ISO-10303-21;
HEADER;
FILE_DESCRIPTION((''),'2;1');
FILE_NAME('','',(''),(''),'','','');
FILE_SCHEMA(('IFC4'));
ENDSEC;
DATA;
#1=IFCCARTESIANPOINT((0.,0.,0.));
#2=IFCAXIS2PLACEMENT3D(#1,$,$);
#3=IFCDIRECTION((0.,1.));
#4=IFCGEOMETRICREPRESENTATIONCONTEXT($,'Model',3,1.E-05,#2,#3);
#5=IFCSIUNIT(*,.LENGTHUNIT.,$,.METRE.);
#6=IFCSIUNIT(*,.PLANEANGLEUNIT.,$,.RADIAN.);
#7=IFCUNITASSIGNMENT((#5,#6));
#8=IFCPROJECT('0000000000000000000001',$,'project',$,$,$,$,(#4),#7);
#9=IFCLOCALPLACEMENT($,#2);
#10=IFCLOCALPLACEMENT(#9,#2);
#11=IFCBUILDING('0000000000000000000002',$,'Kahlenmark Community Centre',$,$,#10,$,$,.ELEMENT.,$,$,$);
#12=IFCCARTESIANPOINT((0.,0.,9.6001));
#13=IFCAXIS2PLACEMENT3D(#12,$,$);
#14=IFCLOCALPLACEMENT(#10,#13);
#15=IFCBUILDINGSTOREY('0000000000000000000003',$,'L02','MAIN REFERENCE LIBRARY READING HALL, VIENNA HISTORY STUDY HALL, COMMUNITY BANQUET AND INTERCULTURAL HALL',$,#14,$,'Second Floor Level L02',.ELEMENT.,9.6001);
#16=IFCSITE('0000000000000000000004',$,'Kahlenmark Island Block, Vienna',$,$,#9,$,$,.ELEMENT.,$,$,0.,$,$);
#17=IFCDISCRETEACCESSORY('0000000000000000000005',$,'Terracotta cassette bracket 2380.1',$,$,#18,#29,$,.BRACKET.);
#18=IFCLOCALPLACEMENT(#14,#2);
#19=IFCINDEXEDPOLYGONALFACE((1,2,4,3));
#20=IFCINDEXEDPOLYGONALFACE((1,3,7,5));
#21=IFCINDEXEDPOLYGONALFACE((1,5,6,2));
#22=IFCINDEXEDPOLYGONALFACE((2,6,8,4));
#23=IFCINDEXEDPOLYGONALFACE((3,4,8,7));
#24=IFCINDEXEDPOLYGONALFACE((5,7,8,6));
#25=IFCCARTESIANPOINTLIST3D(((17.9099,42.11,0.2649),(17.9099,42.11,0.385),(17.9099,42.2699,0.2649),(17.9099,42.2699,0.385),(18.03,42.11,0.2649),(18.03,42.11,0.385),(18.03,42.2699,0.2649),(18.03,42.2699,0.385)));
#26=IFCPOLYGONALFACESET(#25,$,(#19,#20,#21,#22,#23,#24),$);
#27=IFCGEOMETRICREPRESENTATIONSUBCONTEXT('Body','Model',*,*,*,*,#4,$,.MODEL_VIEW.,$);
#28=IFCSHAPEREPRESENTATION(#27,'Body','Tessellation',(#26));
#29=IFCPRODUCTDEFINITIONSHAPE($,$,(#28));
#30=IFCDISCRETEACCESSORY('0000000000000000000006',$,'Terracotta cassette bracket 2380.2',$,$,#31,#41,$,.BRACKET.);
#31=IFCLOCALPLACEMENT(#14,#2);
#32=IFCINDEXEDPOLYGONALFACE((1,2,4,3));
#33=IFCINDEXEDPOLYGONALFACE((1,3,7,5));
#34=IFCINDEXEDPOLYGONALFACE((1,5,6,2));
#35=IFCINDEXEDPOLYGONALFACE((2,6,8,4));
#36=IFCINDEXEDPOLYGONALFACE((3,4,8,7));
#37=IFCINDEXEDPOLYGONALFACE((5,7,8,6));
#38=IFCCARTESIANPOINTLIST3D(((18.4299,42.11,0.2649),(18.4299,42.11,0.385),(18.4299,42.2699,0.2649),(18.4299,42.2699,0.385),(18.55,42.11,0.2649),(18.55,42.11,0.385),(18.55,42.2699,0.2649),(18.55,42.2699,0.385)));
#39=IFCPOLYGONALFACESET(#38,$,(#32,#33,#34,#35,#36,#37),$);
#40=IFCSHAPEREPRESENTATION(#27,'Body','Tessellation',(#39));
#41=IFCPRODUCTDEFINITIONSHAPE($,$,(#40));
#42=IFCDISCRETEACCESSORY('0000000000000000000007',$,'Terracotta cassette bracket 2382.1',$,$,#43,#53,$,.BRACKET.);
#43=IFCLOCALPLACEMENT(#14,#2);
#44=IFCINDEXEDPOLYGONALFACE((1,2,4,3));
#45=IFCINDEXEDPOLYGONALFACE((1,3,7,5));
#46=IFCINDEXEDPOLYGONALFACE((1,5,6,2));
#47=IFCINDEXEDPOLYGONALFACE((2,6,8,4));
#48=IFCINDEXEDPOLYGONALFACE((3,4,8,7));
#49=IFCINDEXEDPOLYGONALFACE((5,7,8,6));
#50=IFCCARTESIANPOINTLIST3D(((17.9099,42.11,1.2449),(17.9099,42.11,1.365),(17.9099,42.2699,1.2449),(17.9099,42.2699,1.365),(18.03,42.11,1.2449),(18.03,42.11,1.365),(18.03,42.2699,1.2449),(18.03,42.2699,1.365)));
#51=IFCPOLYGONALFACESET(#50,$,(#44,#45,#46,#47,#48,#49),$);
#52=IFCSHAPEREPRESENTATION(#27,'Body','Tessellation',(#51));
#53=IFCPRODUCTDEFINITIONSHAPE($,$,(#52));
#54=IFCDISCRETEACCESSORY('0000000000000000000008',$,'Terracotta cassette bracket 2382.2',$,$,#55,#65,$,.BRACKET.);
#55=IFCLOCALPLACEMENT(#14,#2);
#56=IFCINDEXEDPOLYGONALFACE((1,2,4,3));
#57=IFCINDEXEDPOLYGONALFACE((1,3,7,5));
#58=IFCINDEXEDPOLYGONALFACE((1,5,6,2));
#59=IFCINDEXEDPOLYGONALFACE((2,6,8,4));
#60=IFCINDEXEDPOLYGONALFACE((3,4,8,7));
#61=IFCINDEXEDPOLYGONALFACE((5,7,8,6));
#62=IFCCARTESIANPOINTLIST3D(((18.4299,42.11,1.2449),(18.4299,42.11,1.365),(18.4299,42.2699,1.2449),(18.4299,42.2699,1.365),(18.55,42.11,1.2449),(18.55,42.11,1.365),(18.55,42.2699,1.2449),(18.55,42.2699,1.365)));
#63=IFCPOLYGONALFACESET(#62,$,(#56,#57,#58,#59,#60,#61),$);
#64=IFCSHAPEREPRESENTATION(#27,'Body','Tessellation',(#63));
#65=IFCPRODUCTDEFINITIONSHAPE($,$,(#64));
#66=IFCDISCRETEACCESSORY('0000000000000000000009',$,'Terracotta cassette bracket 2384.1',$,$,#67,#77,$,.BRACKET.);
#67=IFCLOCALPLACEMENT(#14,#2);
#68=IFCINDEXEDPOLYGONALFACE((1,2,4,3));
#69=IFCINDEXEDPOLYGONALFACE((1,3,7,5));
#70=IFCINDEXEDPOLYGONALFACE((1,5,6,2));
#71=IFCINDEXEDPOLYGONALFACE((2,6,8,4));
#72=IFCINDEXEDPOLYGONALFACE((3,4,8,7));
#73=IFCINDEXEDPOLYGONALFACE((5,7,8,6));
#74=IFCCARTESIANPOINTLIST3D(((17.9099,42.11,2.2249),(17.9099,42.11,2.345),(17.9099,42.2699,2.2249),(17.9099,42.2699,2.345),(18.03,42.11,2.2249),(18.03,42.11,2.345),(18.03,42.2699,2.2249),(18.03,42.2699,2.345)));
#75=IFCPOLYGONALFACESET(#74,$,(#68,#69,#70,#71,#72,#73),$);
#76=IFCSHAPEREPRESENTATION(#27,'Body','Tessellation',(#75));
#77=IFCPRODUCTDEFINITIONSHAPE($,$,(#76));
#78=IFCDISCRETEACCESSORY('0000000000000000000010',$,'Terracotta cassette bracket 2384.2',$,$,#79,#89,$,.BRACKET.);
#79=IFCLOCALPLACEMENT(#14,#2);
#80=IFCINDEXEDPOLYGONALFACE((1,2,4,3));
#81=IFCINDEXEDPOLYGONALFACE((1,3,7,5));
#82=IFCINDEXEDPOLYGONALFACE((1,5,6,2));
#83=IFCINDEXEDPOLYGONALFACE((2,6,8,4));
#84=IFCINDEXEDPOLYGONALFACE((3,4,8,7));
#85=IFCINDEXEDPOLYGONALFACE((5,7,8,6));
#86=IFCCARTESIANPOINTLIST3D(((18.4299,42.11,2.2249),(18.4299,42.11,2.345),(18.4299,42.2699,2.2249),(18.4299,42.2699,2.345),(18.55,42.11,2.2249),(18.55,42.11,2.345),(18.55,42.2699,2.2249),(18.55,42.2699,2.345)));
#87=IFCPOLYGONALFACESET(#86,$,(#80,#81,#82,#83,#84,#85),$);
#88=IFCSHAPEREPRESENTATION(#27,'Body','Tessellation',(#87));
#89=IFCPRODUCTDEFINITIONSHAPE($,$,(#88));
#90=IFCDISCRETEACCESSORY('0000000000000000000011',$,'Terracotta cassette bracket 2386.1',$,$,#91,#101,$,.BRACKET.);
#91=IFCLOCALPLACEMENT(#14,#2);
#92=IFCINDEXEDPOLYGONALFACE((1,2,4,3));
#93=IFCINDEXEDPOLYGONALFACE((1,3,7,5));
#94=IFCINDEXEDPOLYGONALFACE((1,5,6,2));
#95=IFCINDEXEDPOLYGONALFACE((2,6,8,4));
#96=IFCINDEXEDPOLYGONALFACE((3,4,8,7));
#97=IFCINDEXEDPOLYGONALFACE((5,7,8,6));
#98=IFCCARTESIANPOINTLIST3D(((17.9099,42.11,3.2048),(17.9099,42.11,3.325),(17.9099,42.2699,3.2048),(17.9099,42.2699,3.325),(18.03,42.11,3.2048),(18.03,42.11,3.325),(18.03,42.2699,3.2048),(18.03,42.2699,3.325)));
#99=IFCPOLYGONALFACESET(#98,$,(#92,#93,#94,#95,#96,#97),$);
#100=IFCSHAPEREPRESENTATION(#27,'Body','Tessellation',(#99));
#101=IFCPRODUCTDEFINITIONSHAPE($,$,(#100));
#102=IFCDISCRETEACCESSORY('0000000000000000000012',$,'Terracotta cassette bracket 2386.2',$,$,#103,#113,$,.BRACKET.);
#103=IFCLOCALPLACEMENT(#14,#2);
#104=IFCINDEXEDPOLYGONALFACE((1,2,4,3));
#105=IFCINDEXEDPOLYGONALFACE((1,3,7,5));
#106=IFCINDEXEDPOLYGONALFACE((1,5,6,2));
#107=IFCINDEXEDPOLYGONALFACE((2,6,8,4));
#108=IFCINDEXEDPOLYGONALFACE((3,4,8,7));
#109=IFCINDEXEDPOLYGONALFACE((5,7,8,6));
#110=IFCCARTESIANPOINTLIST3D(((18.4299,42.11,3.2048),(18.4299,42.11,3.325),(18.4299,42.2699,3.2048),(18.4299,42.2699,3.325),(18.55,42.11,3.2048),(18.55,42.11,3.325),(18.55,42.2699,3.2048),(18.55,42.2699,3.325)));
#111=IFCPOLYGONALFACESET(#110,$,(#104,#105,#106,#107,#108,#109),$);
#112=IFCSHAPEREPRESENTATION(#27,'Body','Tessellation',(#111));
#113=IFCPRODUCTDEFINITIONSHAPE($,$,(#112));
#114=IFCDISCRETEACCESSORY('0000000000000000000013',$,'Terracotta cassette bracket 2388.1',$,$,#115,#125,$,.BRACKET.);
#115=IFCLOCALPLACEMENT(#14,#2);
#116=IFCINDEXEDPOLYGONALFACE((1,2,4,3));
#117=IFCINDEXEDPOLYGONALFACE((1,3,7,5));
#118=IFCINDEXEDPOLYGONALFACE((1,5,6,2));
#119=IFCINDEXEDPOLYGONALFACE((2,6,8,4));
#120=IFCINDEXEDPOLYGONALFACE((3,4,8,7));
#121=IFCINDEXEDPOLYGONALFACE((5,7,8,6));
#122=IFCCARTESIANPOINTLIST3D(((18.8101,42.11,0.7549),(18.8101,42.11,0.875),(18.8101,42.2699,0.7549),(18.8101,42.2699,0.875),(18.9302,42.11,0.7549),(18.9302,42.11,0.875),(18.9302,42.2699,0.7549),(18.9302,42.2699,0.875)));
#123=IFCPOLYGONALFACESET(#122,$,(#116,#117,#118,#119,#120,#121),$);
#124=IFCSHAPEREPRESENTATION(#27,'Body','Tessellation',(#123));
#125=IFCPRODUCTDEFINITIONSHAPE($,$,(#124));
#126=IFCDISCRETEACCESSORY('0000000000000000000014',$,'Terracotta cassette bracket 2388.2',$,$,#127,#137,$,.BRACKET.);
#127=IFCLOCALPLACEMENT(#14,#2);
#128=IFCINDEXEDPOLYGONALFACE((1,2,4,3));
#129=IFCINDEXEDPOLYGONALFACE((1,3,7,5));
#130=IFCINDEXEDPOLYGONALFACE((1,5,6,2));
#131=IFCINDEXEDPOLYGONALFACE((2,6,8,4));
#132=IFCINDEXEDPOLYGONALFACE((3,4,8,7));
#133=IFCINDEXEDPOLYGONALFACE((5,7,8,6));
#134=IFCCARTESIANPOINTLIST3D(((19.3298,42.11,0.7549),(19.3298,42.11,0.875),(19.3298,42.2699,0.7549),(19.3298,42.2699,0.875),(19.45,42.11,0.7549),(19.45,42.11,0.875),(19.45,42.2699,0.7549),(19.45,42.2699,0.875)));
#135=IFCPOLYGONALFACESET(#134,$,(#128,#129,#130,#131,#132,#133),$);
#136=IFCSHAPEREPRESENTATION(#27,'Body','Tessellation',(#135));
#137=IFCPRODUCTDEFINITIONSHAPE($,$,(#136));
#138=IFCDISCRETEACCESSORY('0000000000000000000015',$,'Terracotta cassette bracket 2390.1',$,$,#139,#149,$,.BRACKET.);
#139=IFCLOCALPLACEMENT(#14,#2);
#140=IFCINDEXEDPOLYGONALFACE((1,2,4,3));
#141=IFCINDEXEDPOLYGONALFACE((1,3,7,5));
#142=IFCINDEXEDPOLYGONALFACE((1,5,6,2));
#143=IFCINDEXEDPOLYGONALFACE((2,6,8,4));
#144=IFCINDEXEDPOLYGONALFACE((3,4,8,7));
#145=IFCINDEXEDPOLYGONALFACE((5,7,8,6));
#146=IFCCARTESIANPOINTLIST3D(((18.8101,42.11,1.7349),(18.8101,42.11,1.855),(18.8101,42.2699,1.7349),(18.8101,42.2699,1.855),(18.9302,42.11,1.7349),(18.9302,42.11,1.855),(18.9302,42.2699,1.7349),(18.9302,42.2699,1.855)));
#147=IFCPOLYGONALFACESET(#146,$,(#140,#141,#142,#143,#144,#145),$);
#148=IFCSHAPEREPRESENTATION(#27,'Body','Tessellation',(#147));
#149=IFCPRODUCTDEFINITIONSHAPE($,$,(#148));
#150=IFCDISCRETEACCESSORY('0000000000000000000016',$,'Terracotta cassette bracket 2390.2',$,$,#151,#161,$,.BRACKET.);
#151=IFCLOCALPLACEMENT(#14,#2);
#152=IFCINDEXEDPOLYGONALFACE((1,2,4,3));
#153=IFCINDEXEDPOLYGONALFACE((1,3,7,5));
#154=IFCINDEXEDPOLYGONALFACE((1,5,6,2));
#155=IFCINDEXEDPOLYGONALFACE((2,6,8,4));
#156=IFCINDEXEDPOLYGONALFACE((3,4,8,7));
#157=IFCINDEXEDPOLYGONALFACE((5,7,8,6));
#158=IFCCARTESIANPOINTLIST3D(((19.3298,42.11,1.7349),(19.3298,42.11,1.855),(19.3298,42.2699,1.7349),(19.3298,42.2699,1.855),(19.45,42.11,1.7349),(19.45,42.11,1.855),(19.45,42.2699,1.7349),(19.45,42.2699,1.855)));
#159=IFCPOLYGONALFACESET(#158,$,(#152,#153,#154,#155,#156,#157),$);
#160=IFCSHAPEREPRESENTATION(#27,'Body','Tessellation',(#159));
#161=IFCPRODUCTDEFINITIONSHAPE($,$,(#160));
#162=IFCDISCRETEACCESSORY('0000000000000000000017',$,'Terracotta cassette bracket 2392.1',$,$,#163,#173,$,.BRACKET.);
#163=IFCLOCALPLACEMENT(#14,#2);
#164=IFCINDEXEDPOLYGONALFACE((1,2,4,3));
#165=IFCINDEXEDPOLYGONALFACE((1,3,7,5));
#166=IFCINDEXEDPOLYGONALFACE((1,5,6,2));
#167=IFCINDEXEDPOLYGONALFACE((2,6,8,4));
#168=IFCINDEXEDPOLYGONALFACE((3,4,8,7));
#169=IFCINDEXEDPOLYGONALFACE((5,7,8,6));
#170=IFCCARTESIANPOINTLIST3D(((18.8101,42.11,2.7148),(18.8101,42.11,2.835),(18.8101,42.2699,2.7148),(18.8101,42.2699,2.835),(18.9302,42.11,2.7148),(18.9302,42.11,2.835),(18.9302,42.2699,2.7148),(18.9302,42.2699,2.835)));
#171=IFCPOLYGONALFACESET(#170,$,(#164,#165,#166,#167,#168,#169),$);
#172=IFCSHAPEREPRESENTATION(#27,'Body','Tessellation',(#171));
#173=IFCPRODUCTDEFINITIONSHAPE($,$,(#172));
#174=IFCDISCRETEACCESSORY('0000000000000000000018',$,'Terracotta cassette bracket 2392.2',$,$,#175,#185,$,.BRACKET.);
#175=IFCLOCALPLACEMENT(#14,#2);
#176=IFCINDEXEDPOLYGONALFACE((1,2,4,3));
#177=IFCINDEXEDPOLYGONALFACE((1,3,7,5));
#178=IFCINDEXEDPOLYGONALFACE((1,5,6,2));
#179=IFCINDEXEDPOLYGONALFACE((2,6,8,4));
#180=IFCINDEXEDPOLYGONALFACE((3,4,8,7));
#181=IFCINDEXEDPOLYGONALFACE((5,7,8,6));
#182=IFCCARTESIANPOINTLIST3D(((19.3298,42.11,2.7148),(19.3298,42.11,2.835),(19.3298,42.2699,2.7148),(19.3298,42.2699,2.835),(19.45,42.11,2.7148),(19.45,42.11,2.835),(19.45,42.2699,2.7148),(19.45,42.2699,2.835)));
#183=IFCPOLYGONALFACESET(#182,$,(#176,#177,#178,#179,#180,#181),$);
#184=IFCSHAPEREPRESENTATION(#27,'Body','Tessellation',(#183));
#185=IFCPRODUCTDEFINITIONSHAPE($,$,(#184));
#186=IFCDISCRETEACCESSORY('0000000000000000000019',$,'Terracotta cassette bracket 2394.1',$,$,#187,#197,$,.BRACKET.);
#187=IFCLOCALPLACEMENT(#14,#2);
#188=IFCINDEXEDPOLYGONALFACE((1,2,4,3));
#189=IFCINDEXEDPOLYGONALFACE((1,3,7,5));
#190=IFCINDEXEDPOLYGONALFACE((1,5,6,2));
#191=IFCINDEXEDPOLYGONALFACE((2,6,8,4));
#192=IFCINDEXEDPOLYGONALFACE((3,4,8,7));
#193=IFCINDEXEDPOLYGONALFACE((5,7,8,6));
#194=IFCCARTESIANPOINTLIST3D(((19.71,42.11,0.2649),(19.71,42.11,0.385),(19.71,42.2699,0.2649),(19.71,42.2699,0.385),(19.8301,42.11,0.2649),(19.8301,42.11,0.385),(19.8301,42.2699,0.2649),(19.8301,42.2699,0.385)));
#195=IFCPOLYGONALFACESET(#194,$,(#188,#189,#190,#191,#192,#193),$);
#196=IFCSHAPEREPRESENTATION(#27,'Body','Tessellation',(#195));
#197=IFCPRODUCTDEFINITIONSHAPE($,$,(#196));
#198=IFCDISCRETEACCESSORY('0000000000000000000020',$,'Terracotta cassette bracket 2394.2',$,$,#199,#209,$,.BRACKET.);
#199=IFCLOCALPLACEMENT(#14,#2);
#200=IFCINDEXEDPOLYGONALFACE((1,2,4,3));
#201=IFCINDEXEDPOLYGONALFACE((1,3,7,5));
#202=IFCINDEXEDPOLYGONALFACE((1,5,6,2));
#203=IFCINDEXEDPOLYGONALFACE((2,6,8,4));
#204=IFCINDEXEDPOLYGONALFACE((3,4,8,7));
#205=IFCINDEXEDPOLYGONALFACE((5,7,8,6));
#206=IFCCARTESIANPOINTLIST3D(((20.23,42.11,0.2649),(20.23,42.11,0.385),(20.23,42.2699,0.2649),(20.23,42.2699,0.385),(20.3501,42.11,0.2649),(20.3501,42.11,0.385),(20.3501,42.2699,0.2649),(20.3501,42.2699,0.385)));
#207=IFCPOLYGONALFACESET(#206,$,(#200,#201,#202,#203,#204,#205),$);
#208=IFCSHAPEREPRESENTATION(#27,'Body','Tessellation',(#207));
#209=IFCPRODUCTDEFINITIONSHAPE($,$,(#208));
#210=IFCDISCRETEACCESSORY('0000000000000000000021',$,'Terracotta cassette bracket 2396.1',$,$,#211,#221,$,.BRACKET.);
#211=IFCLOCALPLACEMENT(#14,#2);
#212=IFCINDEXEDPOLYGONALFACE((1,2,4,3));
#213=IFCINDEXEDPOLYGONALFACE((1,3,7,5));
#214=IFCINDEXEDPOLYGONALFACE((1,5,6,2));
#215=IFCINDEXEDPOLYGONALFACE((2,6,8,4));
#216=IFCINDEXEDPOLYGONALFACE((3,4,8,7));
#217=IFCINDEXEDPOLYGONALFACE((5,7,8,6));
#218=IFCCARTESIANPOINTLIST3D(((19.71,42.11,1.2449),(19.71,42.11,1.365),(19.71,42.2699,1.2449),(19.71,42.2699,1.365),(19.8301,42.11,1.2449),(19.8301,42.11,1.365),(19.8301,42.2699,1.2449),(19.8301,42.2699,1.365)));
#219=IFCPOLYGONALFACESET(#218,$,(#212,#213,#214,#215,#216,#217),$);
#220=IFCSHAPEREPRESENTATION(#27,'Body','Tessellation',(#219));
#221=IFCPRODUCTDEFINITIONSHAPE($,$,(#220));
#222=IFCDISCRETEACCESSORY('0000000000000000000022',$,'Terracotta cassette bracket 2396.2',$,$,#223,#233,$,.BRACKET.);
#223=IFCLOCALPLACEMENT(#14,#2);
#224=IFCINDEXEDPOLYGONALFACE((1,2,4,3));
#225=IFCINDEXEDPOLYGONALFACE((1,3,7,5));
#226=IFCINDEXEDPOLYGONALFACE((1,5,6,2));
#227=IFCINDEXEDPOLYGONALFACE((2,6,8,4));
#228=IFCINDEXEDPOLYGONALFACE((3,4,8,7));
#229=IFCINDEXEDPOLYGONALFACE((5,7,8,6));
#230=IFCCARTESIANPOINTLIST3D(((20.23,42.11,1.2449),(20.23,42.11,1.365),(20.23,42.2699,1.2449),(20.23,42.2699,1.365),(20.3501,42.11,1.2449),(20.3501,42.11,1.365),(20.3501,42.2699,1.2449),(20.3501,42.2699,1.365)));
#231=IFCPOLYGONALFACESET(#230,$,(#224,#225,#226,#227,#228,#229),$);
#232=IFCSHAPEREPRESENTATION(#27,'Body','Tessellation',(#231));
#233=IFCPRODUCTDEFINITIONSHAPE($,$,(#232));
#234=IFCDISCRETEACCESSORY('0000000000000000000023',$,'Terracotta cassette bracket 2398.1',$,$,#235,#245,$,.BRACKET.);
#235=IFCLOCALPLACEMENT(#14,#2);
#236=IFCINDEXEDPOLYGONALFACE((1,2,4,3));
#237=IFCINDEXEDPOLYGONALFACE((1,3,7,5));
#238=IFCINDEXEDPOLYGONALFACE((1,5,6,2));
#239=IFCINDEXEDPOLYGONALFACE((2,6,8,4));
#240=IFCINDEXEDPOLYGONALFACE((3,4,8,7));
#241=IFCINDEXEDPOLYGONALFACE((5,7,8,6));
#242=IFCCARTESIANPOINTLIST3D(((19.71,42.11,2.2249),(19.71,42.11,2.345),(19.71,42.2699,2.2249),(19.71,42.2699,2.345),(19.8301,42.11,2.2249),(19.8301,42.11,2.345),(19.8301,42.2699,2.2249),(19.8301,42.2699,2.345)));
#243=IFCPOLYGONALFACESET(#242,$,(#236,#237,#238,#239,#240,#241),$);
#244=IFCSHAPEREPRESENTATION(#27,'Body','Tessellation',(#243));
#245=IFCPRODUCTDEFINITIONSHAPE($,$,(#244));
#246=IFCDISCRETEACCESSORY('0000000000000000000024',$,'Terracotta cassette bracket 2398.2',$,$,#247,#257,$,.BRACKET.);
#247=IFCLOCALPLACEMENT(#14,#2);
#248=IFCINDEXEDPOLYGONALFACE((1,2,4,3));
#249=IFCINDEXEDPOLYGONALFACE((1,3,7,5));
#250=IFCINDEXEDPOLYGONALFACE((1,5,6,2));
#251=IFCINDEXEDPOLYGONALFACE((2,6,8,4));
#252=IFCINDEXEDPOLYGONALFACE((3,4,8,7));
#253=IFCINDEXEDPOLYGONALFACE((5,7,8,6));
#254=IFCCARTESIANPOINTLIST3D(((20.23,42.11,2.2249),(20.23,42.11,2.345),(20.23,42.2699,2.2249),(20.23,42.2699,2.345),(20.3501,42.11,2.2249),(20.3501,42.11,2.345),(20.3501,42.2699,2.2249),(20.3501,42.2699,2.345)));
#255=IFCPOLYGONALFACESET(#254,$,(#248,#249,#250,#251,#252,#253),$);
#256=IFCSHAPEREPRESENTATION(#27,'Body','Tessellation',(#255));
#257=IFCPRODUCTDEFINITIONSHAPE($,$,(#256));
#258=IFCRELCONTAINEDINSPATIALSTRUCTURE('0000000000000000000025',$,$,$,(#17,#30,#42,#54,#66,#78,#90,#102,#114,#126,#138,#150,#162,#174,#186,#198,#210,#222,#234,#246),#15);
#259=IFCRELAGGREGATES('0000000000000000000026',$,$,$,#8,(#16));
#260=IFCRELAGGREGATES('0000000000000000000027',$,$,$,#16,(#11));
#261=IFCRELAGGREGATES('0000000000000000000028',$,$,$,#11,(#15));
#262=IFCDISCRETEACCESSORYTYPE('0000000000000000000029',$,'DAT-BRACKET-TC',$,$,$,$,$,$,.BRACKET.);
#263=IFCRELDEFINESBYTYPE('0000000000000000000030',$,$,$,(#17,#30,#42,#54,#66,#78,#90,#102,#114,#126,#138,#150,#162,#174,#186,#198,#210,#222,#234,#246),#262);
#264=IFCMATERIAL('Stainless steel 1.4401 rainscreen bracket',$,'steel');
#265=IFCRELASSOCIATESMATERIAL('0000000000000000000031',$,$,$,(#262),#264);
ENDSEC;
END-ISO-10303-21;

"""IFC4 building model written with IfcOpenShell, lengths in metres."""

from ifc_helpers import new_model, si_unit, direction, frame, origin, origin_2d, place, context, subcontext, project, spatial, rectangle, extrude, material, type_object, element, save


model = new_model("IFC4")

# Units and contexts
model_context = context("Model", 3, precision=1e-05, world=origin(), true_north=direction((0.0, 1.0)))
body_context = subcontext(model_context, "Body", "Model", "MODEL_VIEW")
ifc_project = project(units=[si_unit("LENGTHUNIT", "METRE"), si_unit("PLANEANGLEUNIT", "RADIAN")], contexts=[model_context])

# Site, building, storey
site_placement = place(None, origin())
site = spatial("IfcSite", under=ifc_project, at=site_placement, Name="Kahlenmark Island Block, Vienna", CompositionType="ELEMENT", RefElevation=0.0)
building_placement = place(site_placement, origin())
building = spatial("IfcBuilding", under=site, at=building_placement, Name="Kahlenmark Community Centre", CompositionType="ELEMENT")
storey_placement = place(building_placement, frame((0.0, 0.0, 9.6001)))
storey = spatial("IfcBuildingStorey", under=building, at=storey_placement, Name="L02", Description="MAIN REFERENCE LIBRARY READING HALL, VIENNA HISTORY STUDY HALL, COMMUNITY BANQUET AND INTERCULTURAL HALL", LongName="Second Floor Level L02", CompositionType="ELEMENT", Elevation=9.6001)

# Discrete accessories
ifc_material_1 = material(Name="Stainless steel 1.4401 rainscreen bracket", Category="steel")
discrete_accessory_type = type_object("IfcDiscreteAccessoryType", Name="DAT-BRACKET-TC", PredefinedType="BRACKET", material=ifc_material_1)
for number, where, z_axis, x_axis, name in (
    (1, (17.97, 42.1899, 0.2649), (0.0, 0.0, 1.0), (1.0, 0.0, 0.0), "Terracotta cassette bracket 2380.1"),
    (2, (18.49, 42.1899, 0.2649), (0.0, 0.0, 1.0), (1.0, 0.0, 0.0), "Terracotta cassette bracket 2380.2"),
    (3, (17.97, 42.1899, 1.2449), (0.0, 0.0, 1.0), (1.0, 0.0, 0.0), "Terracotta cassette bracket 2382.1"),
    (4, (18.49, 42.1899, 1.2449), (0.0, 0.0, 1.0), (1.0, 0.0, 0.0), "Terracotta cassette bracket 2382.2"),
    (5, (17.97, 42.1899, 2.2249), (0.0, 0.0, 1.0), (1.0, 0.0, 0.0), "Terracotta cassette bracket 2384.1"),
    (6, (18.49, 42.1899, 2.2249), (0.0, 0.0, 1.0), (1.0, 0.0, 0.0), "Terracotta cassette bracket 2384.2"),
    (7, (17.97, 42.1899, 3.2048), (0.0, 0.0, 1.0), (1.0, 0.0, 0.0), "Terracotta cassette bracket 2386.1"),
    (8, (18.49, 42.1899, 3.2048), (0.0, 0.0, 1.0), (1.0, 0.0, 0.0), "Terracotta cassette bracket 2386.2"),
    (9, (18.8701, 42.1899, 0.7549), (0.0, 0.0, 1.0), (1.0, 0.0, 0.0), "Terracotta cassette bracket 2388.1"),
    (10, (19.3899, 42.1899, 0.7549), (0.0, 0.0, 1.0), (1.0, 0.0, 0.0), "Terracotta cassette bracket 2388.2"),
    (11, (18.8701, 42.1899, 1.7349), (0.0, 0.0, 1.0), (1.0, 0.0, 0.0), "Terracotta cassette bracket 2390.1"),
    (12, (19.3899, 42.1899, 1.7349), (0.0, 0.0, 1.0), (1.0, 0.0, 0.0), "Terracotta cassette bracket 2390.2"),
    (13, (18.8701, 42.1899, 2.7148), (0.0, 0.0, 1.0), (1.0, 0.0, 0.0), "Terracotta cassette bracket 2392.1"),
    (14, (19.3899, 42.1899, 2.7148), (0.0, 0.0, 1.0), (1.0, 0.0, 0.0), "Terracotta cassette bracket 2392.2"),
    (15, (19.77, 42.1899, 0.2649), (0.0, 0.0, 1.0), (1.0, 0.0, 0.0), "Terracotta cassette bracket 2394.1"),
    (16, (20.29, 42.1899, 0.2649), (0.0, 0.0, 1.0), (1.0, 0.0, 0.0), "Terracotta cassette bracket 2394.2"),
    (17, (19.77, 42.1899, 1.2449), (0.0, 0.0, 1.0), (1.0, 0.0, 0.0), "Terracotta cassette bracket 2396.1"),
    (18, (20.29, 42.1899, 1.2449), (0.0, 0.0, 1.0), (1.0, 0.0, 0.0), "Terracotta cassette bracket 2396.2"),
    (19, (19.77, 42.1899, 2.2249), (0.0, 0.0, 1.0), (1.0, 0.0, 0.0), "Terracotta cassette bracket 2398.1"),
    (20, (20.29, 42.1899, 2.2249), (0.0, 0.0, 1.0), (1.0, 0.0, 0.0), "Terracotta cassette bracket 2398.2"),
):
    element("IfcDiscreteAccessory", number, at=place(storey_placement, frame(where, z_axis=z_axis, x_axis=x_axis)), inside=storey, type_object=discrete_accessory_type, Name=name, PredefinedType="BRACKET", context=body_context, shape_type="SweptSolid", body=[
        extrude(rectangle(XDim=0.1201, YDim=0.1599, at=origin_2d()), origin(), (0.0, 0.0, 1.0), 0.1201),
    ])

save(model, "model.ifc")
